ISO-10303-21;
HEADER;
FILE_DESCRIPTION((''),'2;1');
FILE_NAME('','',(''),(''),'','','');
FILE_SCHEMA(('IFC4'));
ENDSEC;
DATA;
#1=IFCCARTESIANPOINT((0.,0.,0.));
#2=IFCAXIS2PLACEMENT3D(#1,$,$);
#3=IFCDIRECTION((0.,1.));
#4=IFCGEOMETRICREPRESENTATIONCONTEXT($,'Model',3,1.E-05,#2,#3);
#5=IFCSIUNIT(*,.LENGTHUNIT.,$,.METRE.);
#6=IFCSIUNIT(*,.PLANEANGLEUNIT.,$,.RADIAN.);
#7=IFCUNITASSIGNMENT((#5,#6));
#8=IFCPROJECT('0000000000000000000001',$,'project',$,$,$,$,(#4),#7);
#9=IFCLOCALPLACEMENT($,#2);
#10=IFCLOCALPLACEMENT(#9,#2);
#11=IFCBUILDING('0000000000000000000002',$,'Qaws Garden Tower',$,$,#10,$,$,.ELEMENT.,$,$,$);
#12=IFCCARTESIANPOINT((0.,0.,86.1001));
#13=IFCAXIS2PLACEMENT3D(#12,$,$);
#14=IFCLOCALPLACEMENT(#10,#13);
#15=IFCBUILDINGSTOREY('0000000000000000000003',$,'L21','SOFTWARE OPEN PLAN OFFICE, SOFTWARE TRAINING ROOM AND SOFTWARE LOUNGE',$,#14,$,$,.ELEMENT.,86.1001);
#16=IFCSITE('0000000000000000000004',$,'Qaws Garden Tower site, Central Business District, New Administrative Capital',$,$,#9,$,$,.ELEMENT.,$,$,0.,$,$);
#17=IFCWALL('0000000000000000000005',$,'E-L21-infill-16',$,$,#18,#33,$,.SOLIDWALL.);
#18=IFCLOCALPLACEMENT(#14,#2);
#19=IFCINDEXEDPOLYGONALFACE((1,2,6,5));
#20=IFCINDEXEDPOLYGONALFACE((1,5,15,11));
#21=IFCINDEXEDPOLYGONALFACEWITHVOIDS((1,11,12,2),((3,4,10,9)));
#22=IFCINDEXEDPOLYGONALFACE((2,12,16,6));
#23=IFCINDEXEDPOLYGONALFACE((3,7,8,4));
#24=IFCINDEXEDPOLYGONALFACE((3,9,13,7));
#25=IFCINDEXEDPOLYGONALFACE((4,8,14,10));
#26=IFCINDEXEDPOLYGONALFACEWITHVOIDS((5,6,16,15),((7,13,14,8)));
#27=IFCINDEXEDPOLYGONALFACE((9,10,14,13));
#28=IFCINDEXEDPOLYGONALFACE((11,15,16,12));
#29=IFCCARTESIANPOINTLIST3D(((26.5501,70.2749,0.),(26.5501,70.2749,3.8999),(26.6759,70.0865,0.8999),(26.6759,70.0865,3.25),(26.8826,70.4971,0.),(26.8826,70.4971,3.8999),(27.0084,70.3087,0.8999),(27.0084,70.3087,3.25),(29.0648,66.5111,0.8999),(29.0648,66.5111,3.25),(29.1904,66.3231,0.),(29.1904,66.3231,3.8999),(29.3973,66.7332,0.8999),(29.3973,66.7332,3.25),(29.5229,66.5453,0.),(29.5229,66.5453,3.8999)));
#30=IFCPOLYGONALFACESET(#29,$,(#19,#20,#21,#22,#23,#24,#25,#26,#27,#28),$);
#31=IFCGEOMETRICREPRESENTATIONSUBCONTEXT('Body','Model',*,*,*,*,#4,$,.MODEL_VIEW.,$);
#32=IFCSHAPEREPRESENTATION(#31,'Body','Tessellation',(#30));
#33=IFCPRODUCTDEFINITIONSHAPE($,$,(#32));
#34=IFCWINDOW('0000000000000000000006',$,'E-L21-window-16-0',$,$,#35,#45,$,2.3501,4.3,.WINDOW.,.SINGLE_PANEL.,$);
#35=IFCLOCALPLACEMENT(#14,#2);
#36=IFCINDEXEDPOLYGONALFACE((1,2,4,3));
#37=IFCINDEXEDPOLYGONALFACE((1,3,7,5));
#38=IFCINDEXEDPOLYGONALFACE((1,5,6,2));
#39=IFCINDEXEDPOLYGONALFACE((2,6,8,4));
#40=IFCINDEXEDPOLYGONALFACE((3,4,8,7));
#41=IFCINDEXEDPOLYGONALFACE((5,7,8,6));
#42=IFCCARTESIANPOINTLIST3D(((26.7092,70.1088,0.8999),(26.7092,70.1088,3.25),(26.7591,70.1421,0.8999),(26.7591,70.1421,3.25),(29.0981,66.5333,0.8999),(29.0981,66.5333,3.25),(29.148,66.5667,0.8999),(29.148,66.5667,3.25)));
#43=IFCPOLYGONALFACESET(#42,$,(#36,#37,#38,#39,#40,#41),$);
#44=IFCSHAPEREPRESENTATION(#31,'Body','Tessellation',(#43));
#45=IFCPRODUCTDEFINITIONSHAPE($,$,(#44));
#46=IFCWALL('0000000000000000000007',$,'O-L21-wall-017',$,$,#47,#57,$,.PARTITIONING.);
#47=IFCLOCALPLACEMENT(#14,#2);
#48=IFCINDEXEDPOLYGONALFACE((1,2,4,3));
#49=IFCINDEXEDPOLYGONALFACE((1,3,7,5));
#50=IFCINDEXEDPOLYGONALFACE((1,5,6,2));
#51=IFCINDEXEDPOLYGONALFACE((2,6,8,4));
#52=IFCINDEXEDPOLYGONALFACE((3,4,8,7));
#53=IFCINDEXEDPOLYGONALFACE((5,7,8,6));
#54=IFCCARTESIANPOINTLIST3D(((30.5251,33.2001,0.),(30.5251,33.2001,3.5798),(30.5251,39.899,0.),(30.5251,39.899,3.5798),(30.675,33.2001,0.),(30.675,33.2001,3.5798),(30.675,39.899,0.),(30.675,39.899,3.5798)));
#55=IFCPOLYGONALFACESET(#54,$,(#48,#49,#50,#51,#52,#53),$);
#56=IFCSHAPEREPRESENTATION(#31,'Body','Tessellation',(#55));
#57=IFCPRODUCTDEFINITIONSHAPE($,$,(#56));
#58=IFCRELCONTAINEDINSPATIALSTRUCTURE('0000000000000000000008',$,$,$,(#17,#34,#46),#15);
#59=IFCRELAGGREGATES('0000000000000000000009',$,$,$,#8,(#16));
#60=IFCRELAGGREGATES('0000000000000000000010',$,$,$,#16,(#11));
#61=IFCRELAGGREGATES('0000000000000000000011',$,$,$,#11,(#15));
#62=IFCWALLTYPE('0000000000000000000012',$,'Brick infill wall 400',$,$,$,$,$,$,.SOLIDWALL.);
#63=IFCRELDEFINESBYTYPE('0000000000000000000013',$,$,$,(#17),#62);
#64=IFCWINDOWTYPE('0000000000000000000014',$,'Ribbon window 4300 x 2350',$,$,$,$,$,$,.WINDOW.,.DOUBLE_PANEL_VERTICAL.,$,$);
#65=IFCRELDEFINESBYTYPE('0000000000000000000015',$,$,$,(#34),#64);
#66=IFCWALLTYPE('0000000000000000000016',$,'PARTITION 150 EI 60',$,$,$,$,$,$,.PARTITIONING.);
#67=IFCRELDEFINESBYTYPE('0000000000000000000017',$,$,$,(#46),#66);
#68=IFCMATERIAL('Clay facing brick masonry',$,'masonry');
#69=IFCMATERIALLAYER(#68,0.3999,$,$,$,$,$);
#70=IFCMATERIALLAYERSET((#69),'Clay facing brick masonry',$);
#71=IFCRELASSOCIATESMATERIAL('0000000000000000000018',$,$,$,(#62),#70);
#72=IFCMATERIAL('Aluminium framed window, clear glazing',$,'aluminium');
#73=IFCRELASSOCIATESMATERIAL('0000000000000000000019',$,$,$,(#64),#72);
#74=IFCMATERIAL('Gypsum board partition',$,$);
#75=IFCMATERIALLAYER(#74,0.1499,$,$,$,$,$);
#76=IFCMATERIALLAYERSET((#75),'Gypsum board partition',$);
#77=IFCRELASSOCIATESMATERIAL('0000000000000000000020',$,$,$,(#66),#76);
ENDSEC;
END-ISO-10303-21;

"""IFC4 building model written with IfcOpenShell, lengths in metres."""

from ifc_helpers import new_model, si_unit, direction, frame, frame_2d, origin, place, context, subcontext, project, spatial, rectangle, extrude, material, layer, layer_set, type_object, element, fill, save


model = new_model("IFC4")

# Units and contexts
model_context = context("Model", 3, precision=1e-05, world=origin(), true_north=direction((0.0, 1.0)))
body_context = subcontext(model_context, "Body", "Model", "MODEL_VIEW")
ifc_project = project(units=[si_unit("LENGTHUNIT", "METRE"), si_unit("PLANEANGLEUNIT", "RADIAN")], contexts=[model_context])

# Site, building, storey
site_placement = place(None, origin())
site = spatial("IfcSite", under=ifc_project, at=site_placement, Name="Qaws Garden Tower site, Central Business District, New Administrative Capital", CompositionType="ELEMENT", RefElevation=0.0)
building_placement = place(site_placement, origin())
building = spatial("IfcBuilding", under=site, at=building_placement, Name="Qaws Garden Tower", CompositionType="ELEMENT")
storey_placement = place(building_placement, frame((0.0, 0.0, 86.1001)))
storey = spatial("IfcBuildingStorey", under=building, at=storey_placement, Name="L21", Description="SOFTWARE OPEN PLAN OFFICE, SOFTWARE TRAINING ROOM AND SOFTWARE LOUNGE", CompositionType="ELEMENT", Elevation=86.1001)

# Shared definitions
ifc_material_1 = material(Name="Clay facing brick masonry", Category="masonry")
ifc_layer_1 = layer(ifc_material_1, 0.3999)
ifc_layer_set_1 = layer_set([ifc_layer_1], Name="Clay facing brick masonry")
wall_type_1 = type_object("IfcWallType", Name="Brick infill wall 400", PredefinedType="SOLIDWALL", material=ifc_layer_set_1)

# Wall, opening, window
ifc_material_2 = material(Name="Aluminium framed window, clear glazing", Category="aluminium")
window_type_1 = type_object("IfcWindowType", Name="Ribbon window 4300 x 2350", PartitioningType="DOUBLE_PANEL_VERTICAL", PredefinedType="WINDOW", material=ifc_material_2)
wall_1_placement = place(storey_placement, frame((29.3567, 66.4341, 0.0), z_axis=(0.0, 0.0, 1.0), x_axis=(-0.555542, 0.831489, 0.0)))
wall_1 = element("IfcWall", 1, at=wall_1_placement, inside=storey, type_object=wall_type_1, Name="E-L21-infill-16", PredefinedType="SOLIDWALL", context=body_context, shape_type="SweptSolid", body=[
    extrude(rectangle(XDim=4.7527, YDim=0.3999, at=frame_2d((2.3765, 0.0))), origin(), (0.0, 0.0, 1.0), 3.8999),
])
opening_1_placement = place(wall_1_placement, frame((0.2263, 0.0, 0.8999)))
opening_1 = element("IfcOpeningElement", 2, at=opening_1_placement, cuts=wall_1, PredefinedType="OPENING", context=body_context, shape_type="SweptSolid", body=[
    extrude(rectangle(XDim=4.3, YDim=2.3501, at=frame_2d((2.1499, 1.175))), frame((0.0, 0.21, 0.0), z_axis=(0.0, -1.0, 0.0), x_axis=(1.0, 0.0, 0.0)), (0.0, 0.0, 1.0), 0.4199),
])
window_1_placement = place(opening_1_placement, origin())
window_1 = element("IfcWindow", 3, at=window_1_placement, inside=storey, type_object=window_type_1, Name="E-L21-window-16-0", OverallHeight=2.3501, OverallWidth=4.3, PartitioningType="SINGLE_PANEL", PredefinedType="WINDOW", context=body_context, shape_type="SweptSolid", body=[
    extrude(rectangle(XDim=4.3, YDim=2.3501, at=frame_2d((2.1499, 1.175))), frame((0.0, 0.1599, 0.0), z_axis=(0.0, -1.0, 0.0), x_axis=(1.0, 0.0, 0.0)), (0.0, 0.0, 1.0), 0.0601),
])
fill(opening_1, window_1)

# Wall
ifc_material_3 = material(Name="Gypsum board partition")
ifc_layer_2 = layer(ifc_material_3, 0.1499)
ifc_layer_set_2 = layer_set([ifc_layer_2], Name="Gypsum board partition")
wall_type_2 = type_object("IfcWallType", Name="PARTITION 150 EI 60", PredefinedType="PARTITIONING", material=ifc_layer_set_2)
wall_2_placement = place(storey_placement, frame((30.6001, 33.2, 0.0), z_axis=(0.0, 0.0, 1.0), x_axis=(0.0, 1.0, 0.0)))
element("IfcWall", 4, at=wall_2_placement, inside=storey, type_object=wall_type_2, Name="O-L21-wall-017", PredefinedType="PARTITIONING", context=body_context, shape_type="SweptSolid", body=[
    extrude(rectangle(XDim=6.699, YDim=0.1499, at=frame_2d((3.3496, 0.0))), origin(), (0.0, 0.0, 1.0), 3.5798),
])

save(model, "model.ifc")
